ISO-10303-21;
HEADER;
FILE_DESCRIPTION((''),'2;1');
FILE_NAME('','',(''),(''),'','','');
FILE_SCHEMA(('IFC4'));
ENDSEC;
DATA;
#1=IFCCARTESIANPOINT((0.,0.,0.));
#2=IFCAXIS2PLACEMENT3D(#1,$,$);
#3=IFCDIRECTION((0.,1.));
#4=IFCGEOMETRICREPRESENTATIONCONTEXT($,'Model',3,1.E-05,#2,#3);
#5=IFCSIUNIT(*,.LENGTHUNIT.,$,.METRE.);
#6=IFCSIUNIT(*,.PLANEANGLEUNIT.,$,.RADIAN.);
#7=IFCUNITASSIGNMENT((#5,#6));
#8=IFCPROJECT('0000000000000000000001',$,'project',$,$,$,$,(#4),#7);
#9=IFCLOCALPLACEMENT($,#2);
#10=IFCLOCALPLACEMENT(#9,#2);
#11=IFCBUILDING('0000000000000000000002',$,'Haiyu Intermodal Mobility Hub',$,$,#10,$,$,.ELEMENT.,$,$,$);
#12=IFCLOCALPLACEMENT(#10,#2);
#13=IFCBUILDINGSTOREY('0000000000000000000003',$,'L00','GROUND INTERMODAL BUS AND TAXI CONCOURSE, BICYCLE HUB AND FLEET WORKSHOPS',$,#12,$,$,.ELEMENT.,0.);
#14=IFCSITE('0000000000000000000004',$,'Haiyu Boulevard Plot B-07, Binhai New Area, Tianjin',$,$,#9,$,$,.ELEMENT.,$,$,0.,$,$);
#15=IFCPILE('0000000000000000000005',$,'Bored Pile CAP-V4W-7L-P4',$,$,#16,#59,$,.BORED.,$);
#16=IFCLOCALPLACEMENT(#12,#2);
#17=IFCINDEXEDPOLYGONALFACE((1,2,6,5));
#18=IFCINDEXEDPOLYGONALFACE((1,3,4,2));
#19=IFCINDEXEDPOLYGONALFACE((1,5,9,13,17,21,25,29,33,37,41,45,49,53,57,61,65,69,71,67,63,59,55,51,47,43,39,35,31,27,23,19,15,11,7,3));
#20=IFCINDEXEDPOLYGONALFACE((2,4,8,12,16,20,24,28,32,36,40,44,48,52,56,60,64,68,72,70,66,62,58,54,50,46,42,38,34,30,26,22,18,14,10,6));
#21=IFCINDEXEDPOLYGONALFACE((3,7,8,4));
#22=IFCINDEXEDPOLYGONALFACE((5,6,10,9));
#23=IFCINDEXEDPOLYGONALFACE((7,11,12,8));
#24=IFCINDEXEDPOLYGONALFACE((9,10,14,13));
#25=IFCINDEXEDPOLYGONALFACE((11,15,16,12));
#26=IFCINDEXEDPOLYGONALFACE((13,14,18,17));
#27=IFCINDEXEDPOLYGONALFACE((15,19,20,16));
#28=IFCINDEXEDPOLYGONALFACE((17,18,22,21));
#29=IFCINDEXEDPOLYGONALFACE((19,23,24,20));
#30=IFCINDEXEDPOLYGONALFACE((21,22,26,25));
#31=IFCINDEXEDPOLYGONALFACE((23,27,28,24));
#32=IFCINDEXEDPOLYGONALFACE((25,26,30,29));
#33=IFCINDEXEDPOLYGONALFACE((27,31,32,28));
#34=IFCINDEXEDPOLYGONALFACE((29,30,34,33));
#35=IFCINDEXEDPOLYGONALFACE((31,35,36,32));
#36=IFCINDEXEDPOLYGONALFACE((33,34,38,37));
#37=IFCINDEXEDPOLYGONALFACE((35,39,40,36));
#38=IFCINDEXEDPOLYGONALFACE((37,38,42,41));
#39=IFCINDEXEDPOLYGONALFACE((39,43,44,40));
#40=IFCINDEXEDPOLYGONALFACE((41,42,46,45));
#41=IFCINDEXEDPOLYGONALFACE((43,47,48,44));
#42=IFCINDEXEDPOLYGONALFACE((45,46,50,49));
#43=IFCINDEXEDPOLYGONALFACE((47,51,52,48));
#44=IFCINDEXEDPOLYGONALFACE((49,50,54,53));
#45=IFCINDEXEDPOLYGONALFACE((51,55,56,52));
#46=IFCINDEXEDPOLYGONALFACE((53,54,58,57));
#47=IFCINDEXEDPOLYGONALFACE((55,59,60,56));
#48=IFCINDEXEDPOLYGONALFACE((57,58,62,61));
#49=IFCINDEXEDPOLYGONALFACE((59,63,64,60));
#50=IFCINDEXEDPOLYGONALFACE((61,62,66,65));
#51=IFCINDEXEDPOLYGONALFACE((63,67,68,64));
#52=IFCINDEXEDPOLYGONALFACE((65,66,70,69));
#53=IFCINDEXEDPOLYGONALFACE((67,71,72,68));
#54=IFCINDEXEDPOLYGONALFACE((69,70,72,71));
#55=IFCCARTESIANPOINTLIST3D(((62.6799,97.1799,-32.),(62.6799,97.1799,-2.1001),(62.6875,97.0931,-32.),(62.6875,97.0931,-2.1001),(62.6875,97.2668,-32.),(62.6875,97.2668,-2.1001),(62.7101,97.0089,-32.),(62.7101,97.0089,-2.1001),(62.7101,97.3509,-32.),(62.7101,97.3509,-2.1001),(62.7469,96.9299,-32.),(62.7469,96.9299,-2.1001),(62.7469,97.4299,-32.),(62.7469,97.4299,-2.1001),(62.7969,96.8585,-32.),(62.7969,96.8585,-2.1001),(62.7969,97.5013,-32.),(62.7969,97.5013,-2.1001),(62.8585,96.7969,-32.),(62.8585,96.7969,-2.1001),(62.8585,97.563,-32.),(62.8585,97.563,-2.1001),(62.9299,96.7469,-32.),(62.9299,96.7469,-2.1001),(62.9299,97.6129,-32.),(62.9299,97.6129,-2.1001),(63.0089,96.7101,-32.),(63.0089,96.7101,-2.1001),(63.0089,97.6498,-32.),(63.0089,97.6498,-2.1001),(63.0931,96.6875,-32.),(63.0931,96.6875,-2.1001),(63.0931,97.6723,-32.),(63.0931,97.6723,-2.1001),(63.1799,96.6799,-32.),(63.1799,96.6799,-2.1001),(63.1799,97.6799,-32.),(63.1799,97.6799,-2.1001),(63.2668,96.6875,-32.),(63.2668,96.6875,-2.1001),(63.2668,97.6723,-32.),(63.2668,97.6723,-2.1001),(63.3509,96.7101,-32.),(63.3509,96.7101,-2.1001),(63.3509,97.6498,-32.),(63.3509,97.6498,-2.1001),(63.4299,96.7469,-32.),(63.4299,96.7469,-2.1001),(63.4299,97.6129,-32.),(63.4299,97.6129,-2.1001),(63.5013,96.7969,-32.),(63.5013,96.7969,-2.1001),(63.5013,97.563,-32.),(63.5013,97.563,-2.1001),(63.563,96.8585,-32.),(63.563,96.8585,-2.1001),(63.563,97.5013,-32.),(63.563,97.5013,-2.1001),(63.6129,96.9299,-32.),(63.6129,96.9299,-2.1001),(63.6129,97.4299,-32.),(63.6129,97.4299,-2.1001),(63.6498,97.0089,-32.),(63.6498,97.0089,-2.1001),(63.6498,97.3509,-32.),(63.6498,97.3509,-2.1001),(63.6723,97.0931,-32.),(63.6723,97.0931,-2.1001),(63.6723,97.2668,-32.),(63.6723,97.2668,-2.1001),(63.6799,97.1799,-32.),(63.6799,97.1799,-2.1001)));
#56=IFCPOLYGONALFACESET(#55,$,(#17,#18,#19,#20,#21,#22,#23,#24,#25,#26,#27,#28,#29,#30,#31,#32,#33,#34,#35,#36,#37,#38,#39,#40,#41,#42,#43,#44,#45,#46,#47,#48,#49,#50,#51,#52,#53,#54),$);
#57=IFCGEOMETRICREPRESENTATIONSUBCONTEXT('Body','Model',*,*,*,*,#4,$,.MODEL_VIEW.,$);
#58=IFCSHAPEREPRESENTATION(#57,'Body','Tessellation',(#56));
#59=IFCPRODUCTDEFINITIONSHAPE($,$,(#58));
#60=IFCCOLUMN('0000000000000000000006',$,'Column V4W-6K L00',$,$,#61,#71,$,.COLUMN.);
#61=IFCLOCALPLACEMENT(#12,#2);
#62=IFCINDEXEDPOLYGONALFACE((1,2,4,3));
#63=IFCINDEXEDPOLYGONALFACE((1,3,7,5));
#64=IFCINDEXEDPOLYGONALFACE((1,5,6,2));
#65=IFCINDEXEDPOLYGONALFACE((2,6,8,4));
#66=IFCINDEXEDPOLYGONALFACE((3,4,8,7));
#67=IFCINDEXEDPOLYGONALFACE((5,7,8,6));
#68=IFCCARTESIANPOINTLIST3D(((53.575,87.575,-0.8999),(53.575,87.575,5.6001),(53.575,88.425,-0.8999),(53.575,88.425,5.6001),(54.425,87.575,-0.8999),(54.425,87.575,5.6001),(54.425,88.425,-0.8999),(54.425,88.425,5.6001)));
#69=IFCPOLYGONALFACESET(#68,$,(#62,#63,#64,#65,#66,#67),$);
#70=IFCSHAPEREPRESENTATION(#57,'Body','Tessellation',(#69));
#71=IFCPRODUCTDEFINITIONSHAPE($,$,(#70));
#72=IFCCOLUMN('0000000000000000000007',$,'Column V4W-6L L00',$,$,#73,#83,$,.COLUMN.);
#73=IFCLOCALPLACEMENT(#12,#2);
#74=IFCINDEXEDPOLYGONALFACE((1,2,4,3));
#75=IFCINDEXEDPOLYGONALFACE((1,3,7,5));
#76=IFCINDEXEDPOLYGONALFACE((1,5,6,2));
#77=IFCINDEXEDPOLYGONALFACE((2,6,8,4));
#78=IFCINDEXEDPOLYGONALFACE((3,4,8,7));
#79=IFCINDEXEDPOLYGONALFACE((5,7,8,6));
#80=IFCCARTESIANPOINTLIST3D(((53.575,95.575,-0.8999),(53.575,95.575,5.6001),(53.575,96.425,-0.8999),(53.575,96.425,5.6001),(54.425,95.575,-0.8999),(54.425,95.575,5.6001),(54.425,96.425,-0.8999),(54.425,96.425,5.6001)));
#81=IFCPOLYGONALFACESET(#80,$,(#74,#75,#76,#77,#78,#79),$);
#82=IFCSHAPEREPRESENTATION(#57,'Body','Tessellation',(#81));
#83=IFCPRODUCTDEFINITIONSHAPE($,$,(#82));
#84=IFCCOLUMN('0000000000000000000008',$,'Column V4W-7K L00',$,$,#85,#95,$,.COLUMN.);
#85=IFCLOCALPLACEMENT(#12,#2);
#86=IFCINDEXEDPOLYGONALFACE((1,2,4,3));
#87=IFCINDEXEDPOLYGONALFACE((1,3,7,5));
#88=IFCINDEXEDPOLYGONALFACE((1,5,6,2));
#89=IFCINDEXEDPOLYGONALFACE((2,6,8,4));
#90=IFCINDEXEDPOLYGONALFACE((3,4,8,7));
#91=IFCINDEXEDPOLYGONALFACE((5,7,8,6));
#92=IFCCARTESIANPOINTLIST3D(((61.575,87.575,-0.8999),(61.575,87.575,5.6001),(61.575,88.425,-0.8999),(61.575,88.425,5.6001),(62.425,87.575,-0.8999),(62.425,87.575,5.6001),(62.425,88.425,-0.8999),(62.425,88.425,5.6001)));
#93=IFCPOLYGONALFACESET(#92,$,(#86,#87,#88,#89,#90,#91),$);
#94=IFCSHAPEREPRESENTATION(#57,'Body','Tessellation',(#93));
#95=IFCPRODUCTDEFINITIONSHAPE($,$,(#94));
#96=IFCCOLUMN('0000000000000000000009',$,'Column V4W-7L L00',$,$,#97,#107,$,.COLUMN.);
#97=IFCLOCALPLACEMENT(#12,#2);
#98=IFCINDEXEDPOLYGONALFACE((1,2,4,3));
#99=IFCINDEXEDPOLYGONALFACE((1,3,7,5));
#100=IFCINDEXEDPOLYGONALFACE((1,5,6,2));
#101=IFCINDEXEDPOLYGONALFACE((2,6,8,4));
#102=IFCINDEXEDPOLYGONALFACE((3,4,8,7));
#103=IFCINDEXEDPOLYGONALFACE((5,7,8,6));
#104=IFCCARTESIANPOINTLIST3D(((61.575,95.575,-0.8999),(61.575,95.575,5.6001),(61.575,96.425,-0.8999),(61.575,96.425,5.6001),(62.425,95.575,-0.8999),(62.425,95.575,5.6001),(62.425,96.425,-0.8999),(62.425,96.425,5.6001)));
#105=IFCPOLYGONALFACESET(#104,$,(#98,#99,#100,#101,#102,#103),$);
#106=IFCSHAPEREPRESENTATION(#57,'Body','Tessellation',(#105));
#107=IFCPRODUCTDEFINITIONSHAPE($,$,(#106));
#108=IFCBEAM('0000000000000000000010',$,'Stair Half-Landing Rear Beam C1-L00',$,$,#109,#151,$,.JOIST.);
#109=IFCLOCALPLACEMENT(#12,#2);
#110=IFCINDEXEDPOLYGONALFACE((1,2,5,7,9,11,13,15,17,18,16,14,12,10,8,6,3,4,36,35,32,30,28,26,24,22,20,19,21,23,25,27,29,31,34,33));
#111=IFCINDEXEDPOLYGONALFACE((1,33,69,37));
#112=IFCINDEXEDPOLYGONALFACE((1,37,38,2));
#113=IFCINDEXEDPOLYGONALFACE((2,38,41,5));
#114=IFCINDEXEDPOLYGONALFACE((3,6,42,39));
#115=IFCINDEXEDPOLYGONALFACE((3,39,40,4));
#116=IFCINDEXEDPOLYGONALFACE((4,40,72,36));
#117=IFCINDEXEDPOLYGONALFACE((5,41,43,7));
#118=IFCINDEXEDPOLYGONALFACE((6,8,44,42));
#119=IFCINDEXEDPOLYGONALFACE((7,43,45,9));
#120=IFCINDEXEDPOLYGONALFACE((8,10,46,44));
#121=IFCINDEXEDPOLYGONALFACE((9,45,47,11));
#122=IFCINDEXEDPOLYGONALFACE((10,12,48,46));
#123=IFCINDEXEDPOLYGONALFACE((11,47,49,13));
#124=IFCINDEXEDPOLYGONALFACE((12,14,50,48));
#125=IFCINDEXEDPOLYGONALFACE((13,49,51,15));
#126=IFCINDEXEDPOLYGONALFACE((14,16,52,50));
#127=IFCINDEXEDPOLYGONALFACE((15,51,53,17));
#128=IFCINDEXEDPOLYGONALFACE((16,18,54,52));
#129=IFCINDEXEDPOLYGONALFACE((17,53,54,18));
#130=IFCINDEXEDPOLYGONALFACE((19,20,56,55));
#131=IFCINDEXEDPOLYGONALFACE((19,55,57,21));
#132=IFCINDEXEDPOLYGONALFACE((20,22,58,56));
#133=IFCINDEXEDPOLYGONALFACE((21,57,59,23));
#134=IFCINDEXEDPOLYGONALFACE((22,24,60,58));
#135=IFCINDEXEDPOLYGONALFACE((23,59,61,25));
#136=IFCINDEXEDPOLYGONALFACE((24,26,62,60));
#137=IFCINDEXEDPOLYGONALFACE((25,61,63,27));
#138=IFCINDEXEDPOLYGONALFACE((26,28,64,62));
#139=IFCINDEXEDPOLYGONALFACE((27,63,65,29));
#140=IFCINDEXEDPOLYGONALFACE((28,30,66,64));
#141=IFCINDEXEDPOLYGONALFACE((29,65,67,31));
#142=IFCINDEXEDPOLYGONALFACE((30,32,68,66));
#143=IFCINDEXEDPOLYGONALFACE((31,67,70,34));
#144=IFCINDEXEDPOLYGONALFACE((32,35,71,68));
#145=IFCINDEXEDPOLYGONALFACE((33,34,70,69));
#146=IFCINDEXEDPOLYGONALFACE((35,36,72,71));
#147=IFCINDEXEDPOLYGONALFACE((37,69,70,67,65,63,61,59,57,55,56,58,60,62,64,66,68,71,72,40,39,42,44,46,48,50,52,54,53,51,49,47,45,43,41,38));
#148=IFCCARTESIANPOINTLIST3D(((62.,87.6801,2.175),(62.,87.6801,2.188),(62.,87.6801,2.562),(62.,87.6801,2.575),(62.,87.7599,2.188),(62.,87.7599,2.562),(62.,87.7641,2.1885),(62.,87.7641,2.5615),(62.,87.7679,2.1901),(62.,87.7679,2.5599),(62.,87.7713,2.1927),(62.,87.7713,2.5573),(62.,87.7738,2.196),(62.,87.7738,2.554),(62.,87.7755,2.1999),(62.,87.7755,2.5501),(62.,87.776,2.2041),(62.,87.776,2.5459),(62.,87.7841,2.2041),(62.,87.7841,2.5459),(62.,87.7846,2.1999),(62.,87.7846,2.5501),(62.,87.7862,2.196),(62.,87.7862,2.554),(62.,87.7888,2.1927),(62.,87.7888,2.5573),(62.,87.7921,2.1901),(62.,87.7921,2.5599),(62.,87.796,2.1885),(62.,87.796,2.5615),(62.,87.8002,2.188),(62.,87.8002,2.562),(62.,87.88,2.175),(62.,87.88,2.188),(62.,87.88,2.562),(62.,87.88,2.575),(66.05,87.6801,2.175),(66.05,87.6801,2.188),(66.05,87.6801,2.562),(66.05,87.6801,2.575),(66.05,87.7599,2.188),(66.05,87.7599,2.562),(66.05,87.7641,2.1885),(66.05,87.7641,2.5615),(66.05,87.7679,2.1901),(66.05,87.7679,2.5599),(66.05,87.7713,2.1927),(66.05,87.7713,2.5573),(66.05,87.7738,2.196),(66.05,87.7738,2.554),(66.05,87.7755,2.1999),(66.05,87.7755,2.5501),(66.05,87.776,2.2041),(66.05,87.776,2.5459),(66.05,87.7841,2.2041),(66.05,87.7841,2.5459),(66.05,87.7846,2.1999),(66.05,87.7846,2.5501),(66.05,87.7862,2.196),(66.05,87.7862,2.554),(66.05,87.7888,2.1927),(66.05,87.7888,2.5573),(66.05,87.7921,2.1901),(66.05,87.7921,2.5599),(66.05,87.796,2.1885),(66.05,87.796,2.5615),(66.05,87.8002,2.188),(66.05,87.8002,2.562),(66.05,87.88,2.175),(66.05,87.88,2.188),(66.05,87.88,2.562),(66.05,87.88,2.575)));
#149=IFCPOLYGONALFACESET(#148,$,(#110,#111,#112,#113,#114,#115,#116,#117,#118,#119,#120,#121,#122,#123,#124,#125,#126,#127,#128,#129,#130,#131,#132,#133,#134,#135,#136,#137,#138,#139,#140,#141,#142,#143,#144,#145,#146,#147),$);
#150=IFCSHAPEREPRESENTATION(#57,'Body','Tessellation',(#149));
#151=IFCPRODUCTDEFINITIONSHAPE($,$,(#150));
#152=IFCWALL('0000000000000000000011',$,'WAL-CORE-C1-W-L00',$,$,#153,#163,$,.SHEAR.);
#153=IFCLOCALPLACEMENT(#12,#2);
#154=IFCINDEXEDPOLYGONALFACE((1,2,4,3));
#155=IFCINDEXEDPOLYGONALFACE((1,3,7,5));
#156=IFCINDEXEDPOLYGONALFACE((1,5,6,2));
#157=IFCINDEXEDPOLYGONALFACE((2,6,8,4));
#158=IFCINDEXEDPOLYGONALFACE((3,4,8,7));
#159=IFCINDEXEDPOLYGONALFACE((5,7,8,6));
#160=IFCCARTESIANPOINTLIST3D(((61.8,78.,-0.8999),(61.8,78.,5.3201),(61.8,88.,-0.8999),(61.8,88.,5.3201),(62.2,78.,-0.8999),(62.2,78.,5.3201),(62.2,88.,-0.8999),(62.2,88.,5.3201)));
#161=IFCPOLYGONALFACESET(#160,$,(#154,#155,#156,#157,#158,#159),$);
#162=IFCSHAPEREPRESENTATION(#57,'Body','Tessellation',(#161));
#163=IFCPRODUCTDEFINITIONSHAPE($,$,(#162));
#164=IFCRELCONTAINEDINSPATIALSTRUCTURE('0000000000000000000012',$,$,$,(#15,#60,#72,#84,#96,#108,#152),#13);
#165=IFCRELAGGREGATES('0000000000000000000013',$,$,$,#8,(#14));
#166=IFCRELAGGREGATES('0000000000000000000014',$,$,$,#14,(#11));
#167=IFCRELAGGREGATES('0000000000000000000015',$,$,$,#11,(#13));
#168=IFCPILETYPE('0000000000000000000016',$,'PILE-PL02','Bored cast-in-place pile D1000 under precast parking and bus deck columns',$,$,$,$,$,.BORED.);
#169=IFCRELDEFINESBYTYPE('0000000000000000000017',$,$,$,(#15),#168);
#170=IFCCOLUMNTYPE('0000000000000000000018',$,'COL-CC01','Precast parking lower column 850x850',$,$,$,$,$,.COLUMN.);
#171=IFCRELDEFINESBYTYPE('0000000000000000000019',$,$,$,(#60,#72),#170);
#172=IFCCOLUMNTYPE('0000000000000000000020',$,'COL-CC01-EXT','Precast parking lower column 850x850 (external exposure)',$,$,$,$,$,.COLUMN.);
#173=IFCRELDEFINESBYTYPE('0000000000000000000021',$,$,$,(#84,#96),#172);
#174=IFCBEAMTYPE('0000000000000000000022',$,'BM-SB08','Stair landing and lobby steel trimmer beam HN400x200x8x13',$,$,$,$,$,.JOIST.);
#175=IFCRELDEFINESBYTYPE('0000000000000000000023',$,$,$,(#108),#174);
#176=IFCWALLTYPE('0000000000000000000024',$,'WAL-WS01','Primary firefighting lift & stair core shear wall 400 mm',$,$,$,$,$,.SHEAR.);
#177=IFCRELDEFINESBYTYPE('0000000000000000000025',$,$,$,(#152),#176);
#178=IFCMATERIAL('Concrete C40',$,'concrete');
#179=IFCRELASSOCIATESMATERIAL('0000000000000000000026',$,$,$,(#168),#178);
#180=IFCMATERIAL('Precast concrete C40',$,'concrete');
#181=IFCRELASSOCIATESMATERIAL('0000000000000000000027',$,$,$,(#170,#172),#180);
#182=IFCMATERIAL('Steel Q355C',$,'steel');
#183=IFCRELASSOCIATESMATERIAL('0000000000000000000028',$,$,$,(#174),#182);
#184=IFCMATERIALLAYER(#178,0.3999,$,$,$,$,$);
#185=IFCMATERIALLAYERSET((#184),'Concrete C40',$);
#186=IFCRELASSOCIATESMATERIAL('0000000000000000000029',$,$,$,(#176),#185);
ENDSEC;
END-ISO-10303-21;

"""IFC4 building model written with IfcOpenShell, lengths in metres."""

from ifc_helpers import new_model, si_unit, direction, frame, frame_2d, origin, origin_2d, place, context, subcontext, project, spatial, rectangle, circle, i_section, extrude, material, layer, layer_set, material_profile, profile_set, type_object, element, save


model = new_model("IFC4")

# Units and contexts
model_context = context("Model", 3, precision=1e-05, world=origin(), true_north=direction((0.0, 1.0)))
body_context = subcontext(model_context, "Body", "Model", "MODEL_VIEW")
ifc_project = project(units=[si_unit("LENGTHUNIT", "METRE"), si_unit("PLANEANGLEUNIT", "RADIAN")], contexts=[model_context])

# Site, building, storey
site_placement = place(None, origin())
site = spatial("IfcSite", under=ifc_project, at=site_placement, Name="Haiyu Boulevard Plot B-07, Binhai New Area, Tianjin", CompositionType="ELEMENT", RefElevation=0.0)
building_placement = place(site_placement, origin())
building = spatial("IfcBuilding", under=site, at=building_placement, Name="Haiyu Intermodal Mobility Hub", CompositionType="ELEMENT")
storey_placement = place(building_placement, origin())
storey = spatial("IfcBuildingStorey", under=building, at=storey_placement, Name="L00", Description="GROUND INTERMODAL BUS AND TAXI CONCOURSE, BICYCLE HUB AND FLEET WORKSHOPS", CompositionType="ELEMENT", Elevation=0.0)

# Shared definitions
ifc_material_1 = material(Name="Concrete C40", Category="concrete")

# Pile
ifc_material_profile_1 = material_profile(ifc_material_1, circle(Radius=0.5, at=origin_2d()), Name="PILE-D1000")
ifc_profile_set_1 = profile_set([ifc_material_profile_1], Name="Concrete C40")
pile_type = type_object("IfcPileType", Name="PILE-PL02", Description="Bored cast-in-place pile D1000 under precast parking and bus deck columns", PredefinedType="BORED", material=ifc_profile_set_1)
for number, where, z_axis, x_axis, name in (
    (1, (63.1799, 97.1799, -2.1001), (0.0, 0.0, -1.0), (1.0, 0.0, 0.0), "Bored Pile CAP-V4W-7L-P4"),
):
    element("IfcPile", number, at=place(storey_placement, frame(where, z_axis=z_axis, x_axis=x_axis)), inside=storey, type_object=pile_type, Name=name, PredefinedType="BORED", context=body_context, shape_type="SweptSolid", body=[
        extrude(circle(Radius=0.5, at=origin_2d()), origin(), (0.0, 0.0, 1.0), 29.8999),
    ])

# Columns
ifc_material_2 = material(Name="Precast concrete C40", Category="concrete")
ifc_material_profile_2 = material_profile(ifc_material_2, rectangle(XDim=0.8501, YDim=0.8501, at=origin_2d()), Name="RC850x850")
ifc_profile_set_2 = profile_set([ifc_material_profile_2], Name="Precast concrete C40")
column_type_1 = type_object("IfcColumnType", Name="COL-CC01", Description="Precast parking lower column 850x850", PredefinedType="COLUMN", material=ifc_profile_set_2)
for number, where, z_axis, x_axis, name in (
    (2, (54.0, 88.0, -0.8999), (0.0, 0.0, 1.0), (1.0, 0.0, 0.0), "Column V4W-6K L00"),
    (3, (54.0, 96.0, -0.8999), (0.0, 0.0, 1.0), (1.0, 0.0, 0.0), "Column V4W-6L L00"),
):
    element("IfcColumn", number, at=place(storey_placement, frame(where, z_axis=z_axis, x_axis=x_axis)), inside=storey, type_object=column_type_1, Name=name, PredefinedType="COLUMN", context=body_context, shape_type="SweptSolid", body=[
        extrude(rectangle(XDim=0.8501, YDim=0.8501, at=origin_2d()), origin(), (0.0, 0.0, 1.0), 6.5),
    ])
ifc_material_profile_3 = material_profile(ifc_material_2, rectangle(XDim=0.8501, YDim=0.8501, at=origin_2d()), Name="RC850x850")
ifc_profile_set_3 = profile_set([ifc_material_profile_3], Name="Precast concrete C40")
column_type_2 = type_object("IfcColumnType", Name="COL-CC01-EXT", Description="Precast parking lower column 850x850 (external exposure)", PredefinedType="COLUMN", material=ifc_profile_set_3)
for number, where, z_axis, x_axis, name in (
    (4, (62.0, 88.0, -0.8999), (0.0, 0.0, 1.0), (1.0, 0.0, 0.0), "Column V4W-7K L00"),
    (5, (62.0, 96.0, -0.8999), (0.0, 0.0, 1.0), (1.0, 0.0, 0.0), "Column V4W-7L L00"),
):
    element("IfcColumn", number, at=place(storey_placement, frame(where, z_axis=z_axis, x_axis=x_axis)), inside=storey, type_object=column_type_2, Name=name, PredefinedType="COLUMN", context=body_context, shape_type="SweptSolid", body=[
        extrude(rectangle(XDim=0.8501, YDim=0.8501, at=origin_2d()), origin(), (0.0, 0.0, 1.0), 6.5),
    ])

# Beam
ifc_material_3 = material(Name="Steel Q355C", Category="steel")
ifc_material_profile_4 = material_profile(ifc_material_3, i_section(OverallWidth=0.2, OverallDepth=0.3999, WebThickness=0.0081, FlangeThickness=0.0129, FilletRadius=0.0161, at=origin_2d()), Name="HN400x200x8x13")
ifc_profile_set_4 = profile_set([ifc_material_profile_4], Name="Steel Q355C")
beam_type = type_object("IfcBeamType", Name="BM-SB08", Description="Stair landing and lobby steel trimmer beam HN400x200x8x13", PredefinedType="JOIST", material=ifc_profile_set_4)
beam_placement = place(storey_placement, frame((62.0, 87.78, 2.375), z_axis=(1.0, 0.0, 0.0), x_axis=(0.0, 1.0, 0.0)))
element("IfcBeam", 6, at=beam_placement, inside=storey, type_object=beam_type, Name="Stair Half-Landing Rear Beam C1-L00", PredefinedType="JOIST", context=body_context, shape_type="SweptSolid", body=[
    extrude(i_section(OverallWidth=0.2, OverallDepth=0.3999, WebThickness=0.0081, FlangeThickness=0.0129, FilletRadius=0.0161, at=origin_2d()), origin(), (0.0, 0.0, 1.0), 4.05),
])

# Wall
ifc_layer_1 = layer(ifc_material_1, 0.3999)
ifc_layer_set_1 = layer_set([ifc_layer_1], Name="Concrete C40")
wall_type = type_object("IfcWallType", Name="WAL-WS01", Description="Primary firefighting lift & stair core shear wall 400 mm", PredefinedType="SHEAR", material=ifc_layer_set_1)
wall_placement = place(storey_placement, frame((62.0, 88.0, -0.8999), z_axis=(0.0, 0.0, 1.0), x_axis=(0.0, -1.0, 0.0)))
element("IfcWall", 7, at=wall_placement, inside=storey, type_object=wall_type, Name="WAL-CORE-C1-W-L00", PredefinedType="SHEAR", context=body_context, shape_type="SweptSolid", body=[
    extrude(rectangle(XDim=10.0, YDim=0.3999, at=frame_2d((5.0, 0.0))), origin(), (0.0, 0.0, 1.0), 6.22),
])

save(model, "model.ifc")
